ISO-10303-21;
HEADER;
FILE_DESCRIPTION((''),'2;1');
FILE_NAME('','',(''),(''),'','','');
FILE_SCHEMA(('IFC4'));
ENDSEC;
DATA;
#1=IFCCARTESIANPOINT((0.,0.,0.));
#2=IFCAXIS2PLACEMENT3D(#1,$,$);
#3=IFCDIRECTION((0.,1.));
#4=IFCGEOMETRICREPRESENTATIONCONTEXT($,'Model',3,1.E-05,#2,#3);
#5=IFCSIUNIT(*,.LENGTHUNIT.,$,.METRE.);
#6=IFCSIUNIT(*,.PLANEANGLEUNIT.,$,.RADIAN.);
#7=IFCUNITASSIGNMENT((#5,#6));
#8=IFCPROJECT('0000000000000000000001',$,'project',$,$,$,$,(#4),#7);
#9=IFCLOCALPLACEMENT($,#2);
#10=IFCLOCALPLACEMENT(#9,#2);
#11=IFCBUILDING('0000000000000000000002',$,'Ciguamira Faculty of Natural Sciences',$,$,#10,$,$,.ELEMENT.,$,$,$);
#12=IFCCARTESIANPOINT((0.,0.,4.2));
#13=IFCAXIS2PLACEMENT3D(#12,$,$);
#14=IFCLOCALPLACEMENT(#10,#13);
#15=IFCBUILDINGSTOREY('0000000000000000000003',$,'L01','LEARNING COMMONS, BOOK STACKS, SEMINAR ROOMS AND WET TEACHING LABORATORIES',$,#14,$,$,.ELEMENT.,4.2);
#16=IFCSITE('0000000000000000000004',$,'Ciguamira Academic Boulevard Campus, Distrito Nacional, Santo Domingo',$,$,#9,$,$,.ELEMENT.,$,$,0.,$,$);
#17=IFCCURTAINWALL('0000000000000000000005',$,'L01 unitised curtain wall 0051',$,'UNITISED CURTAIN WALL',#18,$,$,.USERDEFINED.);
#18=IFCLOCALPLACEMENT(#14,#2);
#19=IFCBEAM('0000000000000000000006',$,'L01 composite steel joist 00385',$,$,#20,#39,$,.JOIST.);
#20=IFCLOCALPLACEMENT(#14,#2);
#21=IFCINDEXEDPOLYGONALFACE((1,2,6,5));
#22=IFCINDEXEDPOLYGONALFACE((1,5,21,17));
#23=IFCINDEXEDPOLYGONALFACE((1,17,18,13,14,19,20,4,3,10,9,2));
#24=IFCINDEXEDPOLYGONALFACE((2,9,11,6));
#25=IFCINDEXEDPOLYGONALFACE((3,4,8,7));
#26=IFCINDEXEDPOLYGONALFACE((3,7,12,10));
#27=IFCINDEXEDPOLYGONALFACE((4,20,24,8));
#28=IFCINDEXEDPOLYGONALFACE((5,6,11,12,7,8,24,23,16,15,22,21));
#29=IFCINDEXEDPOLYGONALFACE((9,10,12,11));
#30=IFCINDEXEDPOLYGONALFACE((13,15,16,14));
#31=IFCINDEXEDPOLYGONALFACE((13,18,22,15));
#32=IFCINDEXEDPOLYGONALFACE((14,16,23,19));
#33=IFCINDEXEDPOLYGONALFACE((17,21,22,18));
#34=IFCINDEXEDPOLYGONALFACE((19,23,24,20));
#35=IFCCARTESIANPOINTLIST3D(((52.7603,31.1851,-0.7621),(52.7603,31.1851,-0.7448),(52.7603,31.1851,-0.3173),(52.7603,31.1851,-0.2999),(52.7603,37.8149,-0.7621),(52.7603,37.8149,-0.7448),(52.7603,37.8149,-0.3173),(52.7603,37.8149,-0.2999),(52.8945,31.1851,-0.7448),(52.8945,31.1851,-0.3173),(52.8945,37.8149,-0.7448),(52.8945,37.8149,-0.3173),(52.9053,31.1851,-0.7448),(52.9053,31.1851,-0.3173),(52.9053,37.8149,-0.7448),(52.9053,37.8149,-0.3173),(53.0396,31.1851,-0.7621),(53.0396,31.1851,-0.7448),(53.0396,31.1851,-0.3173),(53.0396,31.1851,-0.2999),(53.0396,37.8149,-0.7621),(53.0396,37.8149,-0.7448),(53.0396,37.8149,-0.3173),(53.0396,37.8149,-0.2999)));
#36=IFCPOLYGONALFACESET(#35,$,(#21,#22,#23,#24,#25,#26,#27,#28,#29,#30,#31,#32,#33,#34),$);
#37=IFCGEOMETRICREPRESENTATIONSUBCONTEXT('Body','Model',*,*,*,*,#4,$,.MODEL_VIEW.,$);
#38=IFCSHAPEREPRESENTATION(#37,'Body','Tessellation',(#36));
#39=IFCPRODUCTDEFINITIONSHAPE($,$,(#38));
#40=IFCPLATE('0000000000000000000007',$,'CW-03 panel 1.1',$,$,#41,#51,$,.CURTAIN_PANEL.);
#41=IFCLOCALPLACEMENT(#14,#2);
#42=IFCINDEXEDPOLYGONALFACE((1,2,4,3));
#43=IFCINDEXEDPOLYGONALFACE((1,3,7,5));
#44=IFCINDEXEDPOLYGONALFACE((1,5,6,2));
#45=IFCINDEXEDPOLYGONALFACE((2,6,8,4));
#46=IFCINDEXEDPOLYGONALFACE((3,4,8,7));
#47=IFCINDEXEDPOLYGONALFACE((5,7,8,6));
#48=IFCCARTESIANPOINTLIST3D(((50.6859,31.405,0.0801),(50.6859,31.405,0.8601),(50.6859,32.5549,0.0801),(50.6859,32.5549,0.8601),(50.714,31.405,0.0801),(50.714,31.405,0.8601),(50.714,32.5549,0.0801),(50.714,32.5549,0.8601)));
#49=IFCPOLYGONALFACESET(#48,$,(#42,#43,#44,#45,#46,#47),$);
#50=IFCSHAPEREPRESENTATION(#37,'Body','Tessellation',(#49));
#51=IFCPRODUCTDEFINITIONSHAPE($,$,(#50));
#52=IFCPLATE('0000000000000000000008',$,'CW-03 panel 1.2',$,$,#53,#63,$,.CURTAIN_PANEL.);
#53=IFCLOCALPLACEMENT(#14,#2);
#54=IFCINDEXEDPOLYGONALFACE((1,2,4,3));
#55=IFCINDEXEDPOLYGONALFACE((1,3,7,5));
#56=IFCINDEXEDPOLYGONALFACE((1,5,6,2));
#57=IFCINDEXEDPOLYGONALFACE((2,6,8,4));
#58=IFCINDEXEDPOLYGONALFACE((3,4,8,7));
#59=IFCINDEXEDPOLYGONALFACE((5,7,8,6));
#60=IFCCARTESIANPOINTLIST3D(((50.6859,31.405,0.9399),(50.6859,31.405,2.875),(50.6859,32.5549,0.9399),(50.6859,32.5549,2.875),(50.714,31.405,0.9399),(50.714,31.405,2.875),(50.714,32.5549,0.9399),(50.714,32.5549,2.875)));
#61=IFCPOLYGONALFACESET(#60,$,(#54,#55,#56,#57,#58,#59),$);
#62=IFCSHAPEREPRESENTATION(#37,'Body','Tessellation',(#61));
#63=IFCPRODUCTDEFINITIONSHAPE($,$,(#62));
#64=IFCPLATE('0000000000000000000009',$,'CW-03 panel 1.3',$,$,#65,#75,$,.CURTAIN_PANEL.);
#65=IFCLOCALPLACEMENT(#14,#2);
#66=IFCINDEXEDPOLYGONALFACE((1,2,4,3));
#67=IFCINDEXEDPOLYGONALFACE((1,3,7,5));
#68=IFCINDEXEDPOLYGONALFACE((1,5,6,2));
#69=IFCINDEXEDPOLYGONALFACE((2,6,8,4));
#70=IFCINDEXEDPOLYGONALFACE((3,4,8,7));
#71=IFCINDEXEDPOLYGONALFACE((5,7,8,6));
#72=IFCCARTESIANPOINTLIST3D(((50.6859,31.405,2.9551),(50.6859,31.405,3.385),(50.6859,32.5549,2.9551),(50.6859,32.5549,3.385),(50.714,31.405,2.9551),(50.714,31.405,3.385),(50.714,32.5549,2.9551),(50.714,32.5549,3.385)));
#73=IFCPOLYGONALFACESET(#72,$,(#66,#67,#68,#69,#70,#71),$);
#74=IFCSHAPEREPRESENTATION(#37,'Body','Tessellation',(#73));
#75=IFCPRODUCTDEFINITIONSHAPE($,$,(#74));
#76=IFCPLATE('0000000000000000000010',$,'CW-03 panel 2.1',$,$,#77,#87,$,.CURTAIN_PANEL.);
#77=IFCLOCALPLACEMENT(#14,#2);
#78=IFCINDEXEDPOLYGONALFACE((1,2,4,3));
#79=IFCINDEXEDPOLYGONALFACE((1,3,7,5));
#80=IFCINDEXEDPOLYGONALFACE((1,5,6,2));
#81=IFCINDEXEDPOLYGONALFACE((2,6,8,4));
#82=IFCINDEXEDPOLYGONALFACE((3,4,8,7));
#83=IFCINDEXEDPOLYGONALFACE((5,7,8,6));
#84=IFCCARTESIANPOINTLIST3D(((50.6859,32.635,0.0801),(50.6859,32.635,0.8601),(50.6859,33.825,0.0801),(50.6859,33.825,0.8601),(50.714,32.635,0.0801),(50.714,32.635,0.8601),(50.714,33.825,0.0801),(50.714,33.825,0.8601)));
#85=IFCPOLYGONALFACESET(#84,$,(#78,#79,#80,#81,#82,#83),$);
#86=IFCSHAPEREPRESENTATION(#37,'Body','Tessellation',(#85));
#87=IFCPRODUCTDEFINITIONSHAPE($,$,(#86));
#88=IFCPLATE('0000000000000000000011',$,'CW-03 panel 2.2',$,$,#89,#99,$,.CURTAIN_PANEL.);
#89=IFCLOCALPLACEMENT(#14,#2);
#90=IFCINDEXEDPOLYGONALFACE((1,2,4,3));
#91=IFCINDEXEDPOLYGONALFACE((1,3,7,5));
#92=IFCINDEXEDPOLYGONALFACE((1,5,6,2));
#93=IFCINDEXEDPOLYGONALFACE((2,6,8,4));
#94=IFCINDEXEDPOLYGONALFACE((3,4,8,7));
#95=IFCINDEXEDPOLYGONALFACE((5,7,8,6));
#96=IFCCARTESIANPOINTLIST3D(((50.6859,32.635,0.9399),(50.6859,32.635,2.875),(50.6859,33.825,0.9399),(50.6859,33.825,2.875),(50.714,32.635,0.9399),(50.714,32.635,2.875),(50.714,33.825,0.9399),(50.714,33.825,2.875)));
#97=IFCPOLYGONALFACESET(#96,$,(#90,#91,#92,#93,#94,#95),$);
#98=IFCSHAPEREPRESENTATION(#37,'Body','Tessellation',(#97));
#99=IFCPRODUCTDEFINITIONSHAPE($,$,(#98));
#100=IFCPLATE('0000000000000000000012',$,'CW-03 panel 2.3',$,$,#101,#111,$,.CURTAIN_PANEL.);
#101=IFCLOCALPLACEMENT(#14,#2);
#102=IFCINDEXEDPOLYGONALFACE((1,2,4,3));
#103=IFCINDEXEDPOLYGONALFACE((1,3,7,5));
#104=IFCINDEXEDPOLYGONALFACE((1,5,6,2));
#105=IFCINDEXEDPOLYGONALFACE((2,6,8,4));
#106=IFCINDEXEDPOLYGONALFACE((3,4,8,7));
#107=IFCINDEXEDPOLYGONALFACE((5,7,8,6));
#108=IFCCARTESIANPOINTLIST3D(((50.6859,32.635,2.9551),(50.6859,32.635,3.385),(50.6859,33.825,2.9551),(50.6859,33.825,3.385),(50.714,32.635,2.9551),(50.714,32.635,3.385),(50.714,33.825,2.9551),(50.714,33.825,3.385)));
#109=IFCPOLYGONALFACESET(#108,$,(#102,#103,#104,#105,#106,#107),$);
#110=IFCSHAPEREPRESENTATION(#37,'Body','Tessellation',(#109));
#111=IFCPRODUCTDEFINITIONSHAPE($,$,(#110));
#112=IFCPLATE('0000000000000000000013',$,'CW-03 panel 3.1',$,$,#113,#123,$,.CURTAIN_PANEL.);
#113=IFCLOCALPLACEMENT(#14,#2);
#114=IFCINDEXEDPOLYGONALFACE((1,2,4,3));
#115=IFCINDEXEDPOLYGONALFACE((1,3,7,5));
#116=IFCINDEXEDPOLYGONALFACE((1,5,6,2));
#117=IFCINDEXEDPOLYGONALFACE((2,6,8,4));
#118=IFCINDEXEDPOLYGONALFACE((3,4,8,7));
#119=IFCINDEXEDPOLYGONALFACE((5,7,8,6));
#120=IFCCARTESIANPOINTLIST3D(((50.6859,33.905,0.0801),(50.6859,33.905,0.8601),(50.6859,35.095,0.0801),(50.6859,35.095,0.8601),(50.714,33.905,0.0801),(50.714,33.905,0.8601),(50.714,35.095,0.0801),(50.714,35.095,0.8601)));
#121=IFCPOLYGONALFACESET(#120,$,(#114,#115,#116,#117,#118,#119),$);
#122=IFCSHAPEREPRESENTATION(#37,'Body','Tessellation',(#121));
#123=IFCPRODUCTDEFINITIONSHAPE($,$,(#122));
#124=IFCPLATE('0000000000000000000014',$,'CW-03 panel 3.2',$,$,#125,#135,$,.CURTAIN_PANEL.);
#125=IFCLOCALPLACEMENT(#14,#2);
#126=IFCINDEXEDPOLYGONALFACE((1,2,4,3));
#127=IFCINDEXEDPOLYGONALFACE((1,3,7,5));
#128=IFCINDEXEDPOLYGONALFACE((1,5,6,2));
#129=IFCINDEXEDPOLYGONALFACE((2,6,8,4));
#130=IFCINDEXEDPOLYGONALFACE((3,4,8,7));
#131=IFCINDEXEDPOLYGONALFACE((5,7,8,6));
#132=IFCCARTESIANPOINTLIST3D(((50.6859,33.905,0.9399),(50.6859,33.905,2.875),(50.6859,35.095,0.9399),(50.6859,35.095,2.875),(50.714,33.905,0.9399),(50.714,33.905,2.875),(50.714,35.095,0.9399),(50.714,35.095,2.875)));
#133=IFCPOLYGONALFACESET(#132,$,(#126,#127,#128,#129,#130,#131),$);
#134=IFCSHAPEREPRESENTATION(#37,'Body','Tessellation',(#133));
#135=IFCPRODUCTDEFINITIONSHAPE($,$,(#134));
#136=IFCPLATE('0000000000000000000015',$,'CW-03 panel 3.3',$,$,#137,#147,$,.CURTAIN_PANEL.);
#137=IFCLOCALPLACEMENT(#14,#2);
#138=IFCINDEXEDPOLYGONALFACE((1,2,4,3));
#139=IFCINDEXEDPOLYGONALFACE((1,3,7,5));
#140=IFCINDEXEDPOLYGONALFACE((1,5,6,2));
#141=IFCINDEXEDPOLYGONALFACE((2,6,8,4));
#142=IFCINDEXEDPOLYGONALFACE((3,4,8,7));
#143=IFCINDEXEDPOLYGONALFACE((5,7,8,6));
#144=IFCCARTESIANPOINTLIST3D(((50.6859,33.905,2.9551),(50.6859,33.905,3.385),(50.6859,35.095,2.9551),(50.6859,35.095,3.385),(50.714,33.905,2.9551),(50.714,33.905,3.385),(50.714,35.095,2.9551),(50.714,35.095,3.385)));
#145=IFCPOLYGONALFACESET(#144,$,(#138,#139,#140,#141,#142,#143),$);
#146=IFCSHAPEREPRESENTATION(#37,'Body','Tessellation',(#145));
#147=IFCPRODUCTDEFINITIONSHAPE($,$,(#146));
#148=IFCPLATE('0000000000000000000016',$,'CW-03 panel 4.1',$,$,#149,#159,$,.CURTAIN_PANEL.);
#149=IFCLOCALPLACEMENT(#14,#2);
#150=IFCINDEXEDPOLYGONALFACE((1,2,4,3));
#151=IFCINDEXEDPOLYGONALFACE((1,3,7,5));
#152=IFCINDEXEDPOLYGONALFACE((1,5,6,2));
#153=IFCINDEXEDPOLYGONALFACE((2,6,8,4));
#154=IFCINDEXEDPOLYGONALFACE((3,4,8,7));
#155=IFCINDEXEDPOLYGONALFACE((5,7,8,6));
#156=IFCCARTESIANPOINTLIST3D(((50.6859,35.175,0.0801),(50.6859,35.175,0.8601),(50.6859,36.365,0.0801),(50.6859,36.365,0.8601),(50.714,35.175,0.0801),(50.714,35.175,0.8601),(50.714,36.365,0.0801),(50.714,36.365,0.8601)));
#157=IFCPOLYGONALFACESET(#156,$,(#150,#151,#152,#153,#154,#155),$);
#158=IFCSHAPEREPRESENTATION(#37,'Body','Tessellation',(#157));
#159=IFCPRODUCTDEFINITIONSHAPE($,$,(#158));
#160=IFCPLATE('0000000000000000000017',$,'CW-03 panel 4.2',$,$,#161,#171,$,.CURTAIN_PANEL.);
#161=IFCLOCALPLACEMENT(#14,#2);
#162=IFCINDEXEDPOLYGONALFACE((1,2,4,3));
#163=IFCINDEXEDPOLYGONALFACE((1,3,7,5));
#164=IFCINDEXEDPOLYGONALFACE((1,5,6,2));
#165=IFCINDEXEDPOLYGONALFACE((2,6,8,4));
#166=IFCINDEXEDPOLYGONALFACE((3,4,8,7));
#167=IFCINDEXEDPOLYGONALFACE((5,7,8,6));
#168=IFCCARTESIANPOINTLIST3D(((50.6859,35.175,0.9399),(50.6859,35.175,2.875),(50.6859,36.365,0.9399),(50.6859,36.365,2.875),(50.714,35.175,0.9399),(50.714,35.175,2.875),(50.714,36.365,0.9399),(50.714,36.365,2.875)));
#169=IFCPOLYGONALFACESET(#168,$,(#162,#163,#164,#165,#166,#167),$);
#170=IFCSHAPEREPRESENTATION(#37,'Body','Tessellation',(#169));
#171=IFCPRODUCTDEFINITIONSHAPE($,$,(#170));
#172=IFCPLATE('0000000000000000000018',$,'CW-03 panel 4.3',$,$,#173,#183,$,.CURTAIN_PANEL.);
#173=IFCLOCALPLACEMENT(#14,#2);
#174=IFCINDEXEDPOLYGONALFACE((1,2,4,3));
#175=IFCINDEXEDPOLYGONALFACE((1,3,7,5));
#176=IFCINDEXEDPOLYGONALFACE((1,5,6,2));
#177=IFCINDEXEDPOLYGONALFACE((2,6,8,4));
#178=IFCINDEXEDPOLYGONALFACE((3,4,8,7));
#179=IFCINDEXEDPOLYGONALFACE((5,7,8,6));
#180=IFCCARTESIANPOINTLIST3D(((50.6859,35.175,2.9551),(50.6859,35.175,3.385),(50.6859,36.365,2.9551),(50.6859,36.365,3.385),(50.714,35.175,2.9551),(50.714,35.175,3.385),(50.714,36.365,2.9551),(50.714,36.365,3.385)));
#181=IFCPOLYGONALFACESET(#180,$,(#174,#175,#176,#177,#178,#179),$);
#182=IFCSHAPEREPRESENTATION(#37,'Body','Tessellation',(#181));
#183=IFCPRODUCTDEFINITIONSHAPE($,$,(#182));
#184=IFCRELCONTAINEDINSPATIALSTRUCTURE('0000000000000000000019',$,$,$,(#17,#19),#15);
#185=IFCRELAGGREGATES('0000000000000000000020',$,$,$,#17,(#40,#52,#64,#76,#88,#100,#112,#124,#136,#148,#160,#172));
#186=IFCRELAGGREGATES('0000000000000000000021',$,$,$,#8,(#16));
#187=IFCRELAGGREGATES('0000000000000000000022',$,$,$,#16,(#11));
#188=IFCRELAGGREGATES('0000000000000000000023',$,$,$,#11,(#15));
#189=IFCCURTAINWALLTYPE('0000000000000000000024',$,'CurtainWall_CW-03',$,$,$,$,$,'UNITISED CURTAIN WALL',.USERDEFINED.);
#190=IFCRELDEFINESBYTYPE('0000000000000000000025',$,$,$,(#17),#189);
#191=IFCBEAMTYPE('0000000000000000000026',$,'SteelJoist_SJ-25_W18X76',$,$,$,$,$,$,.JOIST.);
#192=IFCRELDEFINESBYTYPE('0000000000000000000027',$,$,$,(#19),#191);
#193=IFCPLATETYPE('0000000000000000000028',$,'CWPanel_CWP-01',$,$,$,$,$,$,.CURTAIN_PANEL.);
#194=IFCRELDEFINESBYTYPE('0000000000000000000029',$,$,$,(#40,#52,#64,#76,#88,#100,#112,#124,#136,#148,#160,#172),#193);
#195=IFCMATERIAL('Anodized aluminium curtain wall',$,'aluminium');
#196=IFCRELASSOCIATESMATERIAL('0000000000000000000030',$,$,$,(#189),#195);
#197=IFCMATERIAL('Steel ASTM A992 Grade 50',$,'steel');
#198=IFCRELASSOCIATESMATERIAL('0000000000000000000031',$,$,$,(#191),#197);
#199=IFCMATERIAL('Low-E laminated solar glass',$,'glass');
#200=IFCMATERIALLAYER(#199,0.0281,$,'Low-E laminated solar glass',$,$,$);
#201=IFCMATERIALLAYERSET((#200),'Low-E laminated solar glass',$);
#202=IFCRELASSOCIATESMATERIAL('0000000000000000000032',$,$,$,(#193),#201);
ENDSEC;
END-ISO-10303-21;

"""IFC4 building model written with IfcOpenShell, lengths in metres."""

from ifc_helpers import new_model, si_unit, direction, frame, origin, origin_2d, place, context, subcontext, project, spatial, rectangle, i_section, extrude, material, layer, layer_set, material_profile, profile_set, type_object, element, aggregate, save


model = new_model("IFC4")

# Units and contexts
model_context = context("Model", 3, precision=1e-05, world=origin(), true_north=direction((0.0, 1.0)))
body_context = subcontext(model_context, "Body", "Model", "MODEL_VIEW")
ifc_project = project(units=[si_unit("LENGTHUNIT", "METRE"), si_unit("PLANEANGLEUNIT", "RADIAN")], contexts=[model_context])

# Site, building, storey
site_placement = place(None, origin())
site = spatial("IfcSite", under=ifc_project, at=site_placement, Name="Ciguamira Academic Boulevard Campus, Distrito Nacional, Santo Domingo", CompositionType="ELEMENT", RefElevation=0.0)
building_placement = place(site_placement, origin())
building = spatial("IfcBuilding", under=site, at=building_placement, Name="Ciguamira Faculty of Natural Sciences", CompositionType="ELEMENT")
storey_placement = place(building_placement, frame((0.0, 0.0, 4.2)))
storey = spatial("IfcBuildingStorey", under=building, at=storey_placement, Name="L01", Description="LEARNING COMMONS, BOOK STACKS, SEMINAR ROOMS AND WET TEACHING LABORATORIES", CompositionType="ELEMENT", Elevation=4.2)

# Shared definitions
ifc_material_1 = material(Name="Anodized aluminium curtain wall", Category="aluminium")

# Curtain wall
curtain_wall_type_1 = type_object("IfcCurtainWallType", Name="CurtainWall_CW-03", ElementType="UNITISED CURTAIN WALL", PredefinedType="USERDEFINED", material=ifc_material_1)
curtain_wall_1_placement = place(storey_placement, origin())
curtain_wall_1 = element("IfcCurtainWall", 1, at=curtain_wall_1_placement, inside=storey, type_object=curtain_wall_type_1, Name="L01 unitised curtain wall 0051", ObjectType="UNITISED CURTAIN WALL", PredefinedType="USERDEFINED")

# Beam
ifc_material_2 = material(Name="Steel ASTM A992 Grade 50", Category="steel")
ifc_material_profile_1 = material_profile(ifc_material_2, i_section(OverallWidth=0.2793, OverallDepth=0.4622, WebThickness=0.0107, FlangeThickness=0.0173, at=origin_2d()), Name="W18X76")
ifc_profile_set_1 = profile_set([ifc_material_profile_1], Name="Steel ASTM A992 Grade 50")
beam_type_1 = type_object("IfcBeamType", Name="SteelJoist_SJ-25_W18X76", PredefinedType="JOIST", material=ifc_profile_set_1)
beam_1_placement = place(storey_placement, frame((52.8999, 31.1851, -0.531), z_axis=(0.0, 1.0, 0.0), x_axis=(-1.0, 0.0, 0.0)))
element("IfcBeam", 2, at=beam_1_placement, inside=storey, type_object=beam_type_1, Name="L01 composite steel joist 00385", PredefinedType="JOIST", context=body_context, shape_type="SweptSolid", body=[
    extrude(i_section(OverallWidth=0.2793, OverallDepth=0.4622, WebThickness=0.0107, FlangeThickness=0.0173, at=origin_2d()), origin(), (0.0, 0.0, 1.0), 6.6299),
])

# Plates
ifc_material_3 = material(Name="Low-E laminated solar glass", Category="glass")
ifc_layer = layer(ifc_material_3, 0.0281, Name="Low-E laminated solar glass")
ifc_layer_set = layer_set([ifc_layer], Name="Low-E laminated solar glass")
plate_type = type_object("IfcPlateType", Name="CWPanel_CWP-01", PredefinedType="CURTAIN_PANEL", material=ifc_layer_set)
plate_1_placement = place(storey_placement, frame((50.7, 31.98, 0.0801), z_axis=(0.0, 0.0, 1.0), x_axis=(0.0, 1.0, 0.0)))
plate_1 = element("IfcPlate", 3, at=plate_1_placement, type_object=plate_type, Name="CW-03 panel 1.1", PredefinedType="CURTAIN_PANEL", context=body_context, shape_type="SweptSolid", body=[
    extrude(rectangle(XDim=1.1499, YDim=0.0281, at=origin_2d()), origin(), (0.0, 0.0, 1.0), 0.78),
])
plate_2_placement = place(storey_placement, frame((50.7, 31.98, 0.9399), z_axis=(0.0, 0.0, 1.0), x_axis=(0.0, 1.0, 0.0)))
plate_2 = element("IfcPlate", 4, at=plate_2_placement, type_object=plate_type, Name="CW-03 panel 1.2", PredefinedType="CURTAIN_PANEL", context=body_context, shape_type="SweptSolid", body=[
    extrude(rectangle(XDim=1.1499, YDim=0.0281, at=origin_2d()), origin(), (0.0, 0.0, 1.0), 1.9351),
])
plate_3_placement = place(storey_placement, frame((50.7, 31.98, 2.9551), z_axis=(0.0, 0.0, 1.0), x_axis=(0.0, 1.0, 0.0)))
plate_3 = element("IfcPlate", 5, at=plate_3_placement, type_object=plate_type, Name="CW-03 panel 1.3", PredefinedType="CURTAIN_PANEL", context=body_context, shape_type="SweptSolid", body=[
    extrude(rectangle(XDim=1.1499, YDim=0.0281, at=origin_2d()), origin(), (0.0, 0.0, 1.0), 0.4299),
])
plate_4_placement = place(storey_placement, frame((50.7, 33.23, 0.0801), z_axis=(0.0, 0.0, 1.0), x_axis=(0.0, 1.0, 0.0)))
plate_4 = element("IfcPlate", 6, at=plate_4_placement, type_object=plate_type, Name="CW-03 panel 2.1", PredefinedType="CURTAIN_PANEL", context=body_context, shape_type="SweptSolid", body=[
    extrude(rectangle(XDim=1.1899, YDim=0.0281, at=origin_2d()), origin(), (0.0, 0.0, 1.0), 0.78),
])
plate_5_placement = place(storey_placement, frame((50.7, 33.23, 0.9399), z_axis=(0.0, 0.0, 1.0), x_axis=(0.0, 1.0, 0.0)))
plate_5 = element("IfcPlate", 7, at=plate_5_placement, type_object=plate_type, Name="CW-03 panel 2.2", PredefinedType="CURTAIN_PANEL", context=body_context, shape_type="SweptSolid", body=[
    extrude(rectangle(XDim=1.1899, YDim=0.0281, at=origin_2d()), origin(), (0.0, 0.0, 1.0), 1.9351),
])
plate_6_placement = place(storey_placement, frame((50.7, 33.23, 2.9551), z_axis=(0.0, 0.0, 1.0), x_axis=(0.0, 1.0, 0.0)))
plate_6 = element("IfcPlate", 8, at=plate_6_placement, type_object=plate_type, Name="CW-03 panel 2.3", PredefinedType="CURTAIN_PANEL", context=body_context, shape_type="SweptSolid", body=[
    extrude(rectangle(XDim=1.1899, YDim=0.0281, at=origin_2d()), origin(), (0.0, 0.0, 1.0), 0.4299),
])
plate_7_placement = place(storey_placement, frame((50.7, 34.5, 0.0801), z_axis=(0.0, 0.0, 1.0), x_axis=(0.0, 1.0, 0.0)))
plate_7 = element("IfcPlate", 9, at=plate_7_placement, type_object=plate_type, Name="CW-03 panel 3.1", PredefinedType="CURTAIN_PANEL", context=body_context, shape_type="SweptSolid", body=[
    extrude(rectangle(XDim=1.1899, YDim=0.0281, at=origin_2d()), origin(), (0.0, 0.0, 1.0), 0.78),
])
plate_8_placement = place(storey_placement, frame((50.7, 34.5, 0.9399), z_axis=(0.0, 0.0, 1.0), x_axis=(0.0, 1.0, 0.0)))
plate_8 = element("IfcPlate", 10, at=plate_8_placement, type_object=plate_type, Name="CW-03 panel 3.2", PredefinedType="CURTAIN_PANEL", context=body_context, shape_type="SweptSolid", body=[
    extrude(rectangle(XDim=1.1899, YDim=0.0281, at=origin_2d()), origin(), (0.0, 0.0, 1.0), 1.9351),
])
plate_9_placement = place(storey_placement, frame((50.7, 34.5, 2.9551), z_axis=(0.0, 0.0, 1.0), x_axis=(0.0, 1.0, 0.0)))
plate_9 = element("IfcPlate", 11, at=plate_9_placement, type_object=plate_type, Name="CW-03 panel 3.3", PredefinedType="CURTAIN_PANEL", context=body_context, shape_type="SweptSolid", body=[
    extrude(rectangle(XDim=1.1899, YDim=0.0281, at=origin_2d()), origin(), (0.0, 0.0, 1.0), 0.4299),
])
plate_10_placement = place(storey_placement, frame((50.7, 35.77, 0.0801), z_axis=(0.0, 0.0, 1.0), x_axis=(0.0, 1.0, 0.0)))
plate_10 = element("IfcPlate", 12, at=plate_10_placement, type_object=plate_type, Name="CW-03 panel 4.1", PredefinedType="CURTAIN_PANEL", context=body_context, shape_type="SweptSolid", body=[
    extrude(rectangle(XDim=1.1899, YDim=0.0281, at=origin_2d()), origin(), (0.0, 0.0, 1.0), 0.78),
])
plate_11_placement = place(storey_placement, frame((50.7, 35.77, 0.9399), z_axis=(0.0, 0.0, 1.0), x_axis=(0.0, 1.0, 0.0)))
plate_11 = element("IfcPlate", 13, at=plate_11_placement, type_object=plate_type, Name="CW-03 panel 4.2", PredefinedType="CURTAIN_PANEL", context=body_context, shape_type="SweptSolid", body=[
    extrude(rectangle(XDim=1.1899, YDim=0.0281, at=origin_2d()), origin(), (0.0, 0.0, 1.0), 1.9351),
])
plate_12_placement = place(storey_placement, frame((50.7, 35.77, 2.9551), z_axis=(0.0, 0.0, 1.0), x_axis=(0.0, 1.0, 0.0)))
plate_12 = element("IfcPlate", 14, at=plate_12_placement, type_object=plate_type, Name="CW-03 panel 4.3", PredefinedType="CURTAIN_PANEL", context=body_context, shape_type="SweptSolid", body=[
    extrude(rectangle(XDim=1.1899, YDim=0.0281, at=origin_2d()), origin(), (0.0, 0.0, 1.0), 0.4299),
])
aggregate(curtain_wall_1, [plate_1, plate_2, plate_3, plate_4, plate_5, plate_6, plate_7, plate_8, plate_9, plate_10, plate_11, plate_12])

save(model, "model.ifc")
